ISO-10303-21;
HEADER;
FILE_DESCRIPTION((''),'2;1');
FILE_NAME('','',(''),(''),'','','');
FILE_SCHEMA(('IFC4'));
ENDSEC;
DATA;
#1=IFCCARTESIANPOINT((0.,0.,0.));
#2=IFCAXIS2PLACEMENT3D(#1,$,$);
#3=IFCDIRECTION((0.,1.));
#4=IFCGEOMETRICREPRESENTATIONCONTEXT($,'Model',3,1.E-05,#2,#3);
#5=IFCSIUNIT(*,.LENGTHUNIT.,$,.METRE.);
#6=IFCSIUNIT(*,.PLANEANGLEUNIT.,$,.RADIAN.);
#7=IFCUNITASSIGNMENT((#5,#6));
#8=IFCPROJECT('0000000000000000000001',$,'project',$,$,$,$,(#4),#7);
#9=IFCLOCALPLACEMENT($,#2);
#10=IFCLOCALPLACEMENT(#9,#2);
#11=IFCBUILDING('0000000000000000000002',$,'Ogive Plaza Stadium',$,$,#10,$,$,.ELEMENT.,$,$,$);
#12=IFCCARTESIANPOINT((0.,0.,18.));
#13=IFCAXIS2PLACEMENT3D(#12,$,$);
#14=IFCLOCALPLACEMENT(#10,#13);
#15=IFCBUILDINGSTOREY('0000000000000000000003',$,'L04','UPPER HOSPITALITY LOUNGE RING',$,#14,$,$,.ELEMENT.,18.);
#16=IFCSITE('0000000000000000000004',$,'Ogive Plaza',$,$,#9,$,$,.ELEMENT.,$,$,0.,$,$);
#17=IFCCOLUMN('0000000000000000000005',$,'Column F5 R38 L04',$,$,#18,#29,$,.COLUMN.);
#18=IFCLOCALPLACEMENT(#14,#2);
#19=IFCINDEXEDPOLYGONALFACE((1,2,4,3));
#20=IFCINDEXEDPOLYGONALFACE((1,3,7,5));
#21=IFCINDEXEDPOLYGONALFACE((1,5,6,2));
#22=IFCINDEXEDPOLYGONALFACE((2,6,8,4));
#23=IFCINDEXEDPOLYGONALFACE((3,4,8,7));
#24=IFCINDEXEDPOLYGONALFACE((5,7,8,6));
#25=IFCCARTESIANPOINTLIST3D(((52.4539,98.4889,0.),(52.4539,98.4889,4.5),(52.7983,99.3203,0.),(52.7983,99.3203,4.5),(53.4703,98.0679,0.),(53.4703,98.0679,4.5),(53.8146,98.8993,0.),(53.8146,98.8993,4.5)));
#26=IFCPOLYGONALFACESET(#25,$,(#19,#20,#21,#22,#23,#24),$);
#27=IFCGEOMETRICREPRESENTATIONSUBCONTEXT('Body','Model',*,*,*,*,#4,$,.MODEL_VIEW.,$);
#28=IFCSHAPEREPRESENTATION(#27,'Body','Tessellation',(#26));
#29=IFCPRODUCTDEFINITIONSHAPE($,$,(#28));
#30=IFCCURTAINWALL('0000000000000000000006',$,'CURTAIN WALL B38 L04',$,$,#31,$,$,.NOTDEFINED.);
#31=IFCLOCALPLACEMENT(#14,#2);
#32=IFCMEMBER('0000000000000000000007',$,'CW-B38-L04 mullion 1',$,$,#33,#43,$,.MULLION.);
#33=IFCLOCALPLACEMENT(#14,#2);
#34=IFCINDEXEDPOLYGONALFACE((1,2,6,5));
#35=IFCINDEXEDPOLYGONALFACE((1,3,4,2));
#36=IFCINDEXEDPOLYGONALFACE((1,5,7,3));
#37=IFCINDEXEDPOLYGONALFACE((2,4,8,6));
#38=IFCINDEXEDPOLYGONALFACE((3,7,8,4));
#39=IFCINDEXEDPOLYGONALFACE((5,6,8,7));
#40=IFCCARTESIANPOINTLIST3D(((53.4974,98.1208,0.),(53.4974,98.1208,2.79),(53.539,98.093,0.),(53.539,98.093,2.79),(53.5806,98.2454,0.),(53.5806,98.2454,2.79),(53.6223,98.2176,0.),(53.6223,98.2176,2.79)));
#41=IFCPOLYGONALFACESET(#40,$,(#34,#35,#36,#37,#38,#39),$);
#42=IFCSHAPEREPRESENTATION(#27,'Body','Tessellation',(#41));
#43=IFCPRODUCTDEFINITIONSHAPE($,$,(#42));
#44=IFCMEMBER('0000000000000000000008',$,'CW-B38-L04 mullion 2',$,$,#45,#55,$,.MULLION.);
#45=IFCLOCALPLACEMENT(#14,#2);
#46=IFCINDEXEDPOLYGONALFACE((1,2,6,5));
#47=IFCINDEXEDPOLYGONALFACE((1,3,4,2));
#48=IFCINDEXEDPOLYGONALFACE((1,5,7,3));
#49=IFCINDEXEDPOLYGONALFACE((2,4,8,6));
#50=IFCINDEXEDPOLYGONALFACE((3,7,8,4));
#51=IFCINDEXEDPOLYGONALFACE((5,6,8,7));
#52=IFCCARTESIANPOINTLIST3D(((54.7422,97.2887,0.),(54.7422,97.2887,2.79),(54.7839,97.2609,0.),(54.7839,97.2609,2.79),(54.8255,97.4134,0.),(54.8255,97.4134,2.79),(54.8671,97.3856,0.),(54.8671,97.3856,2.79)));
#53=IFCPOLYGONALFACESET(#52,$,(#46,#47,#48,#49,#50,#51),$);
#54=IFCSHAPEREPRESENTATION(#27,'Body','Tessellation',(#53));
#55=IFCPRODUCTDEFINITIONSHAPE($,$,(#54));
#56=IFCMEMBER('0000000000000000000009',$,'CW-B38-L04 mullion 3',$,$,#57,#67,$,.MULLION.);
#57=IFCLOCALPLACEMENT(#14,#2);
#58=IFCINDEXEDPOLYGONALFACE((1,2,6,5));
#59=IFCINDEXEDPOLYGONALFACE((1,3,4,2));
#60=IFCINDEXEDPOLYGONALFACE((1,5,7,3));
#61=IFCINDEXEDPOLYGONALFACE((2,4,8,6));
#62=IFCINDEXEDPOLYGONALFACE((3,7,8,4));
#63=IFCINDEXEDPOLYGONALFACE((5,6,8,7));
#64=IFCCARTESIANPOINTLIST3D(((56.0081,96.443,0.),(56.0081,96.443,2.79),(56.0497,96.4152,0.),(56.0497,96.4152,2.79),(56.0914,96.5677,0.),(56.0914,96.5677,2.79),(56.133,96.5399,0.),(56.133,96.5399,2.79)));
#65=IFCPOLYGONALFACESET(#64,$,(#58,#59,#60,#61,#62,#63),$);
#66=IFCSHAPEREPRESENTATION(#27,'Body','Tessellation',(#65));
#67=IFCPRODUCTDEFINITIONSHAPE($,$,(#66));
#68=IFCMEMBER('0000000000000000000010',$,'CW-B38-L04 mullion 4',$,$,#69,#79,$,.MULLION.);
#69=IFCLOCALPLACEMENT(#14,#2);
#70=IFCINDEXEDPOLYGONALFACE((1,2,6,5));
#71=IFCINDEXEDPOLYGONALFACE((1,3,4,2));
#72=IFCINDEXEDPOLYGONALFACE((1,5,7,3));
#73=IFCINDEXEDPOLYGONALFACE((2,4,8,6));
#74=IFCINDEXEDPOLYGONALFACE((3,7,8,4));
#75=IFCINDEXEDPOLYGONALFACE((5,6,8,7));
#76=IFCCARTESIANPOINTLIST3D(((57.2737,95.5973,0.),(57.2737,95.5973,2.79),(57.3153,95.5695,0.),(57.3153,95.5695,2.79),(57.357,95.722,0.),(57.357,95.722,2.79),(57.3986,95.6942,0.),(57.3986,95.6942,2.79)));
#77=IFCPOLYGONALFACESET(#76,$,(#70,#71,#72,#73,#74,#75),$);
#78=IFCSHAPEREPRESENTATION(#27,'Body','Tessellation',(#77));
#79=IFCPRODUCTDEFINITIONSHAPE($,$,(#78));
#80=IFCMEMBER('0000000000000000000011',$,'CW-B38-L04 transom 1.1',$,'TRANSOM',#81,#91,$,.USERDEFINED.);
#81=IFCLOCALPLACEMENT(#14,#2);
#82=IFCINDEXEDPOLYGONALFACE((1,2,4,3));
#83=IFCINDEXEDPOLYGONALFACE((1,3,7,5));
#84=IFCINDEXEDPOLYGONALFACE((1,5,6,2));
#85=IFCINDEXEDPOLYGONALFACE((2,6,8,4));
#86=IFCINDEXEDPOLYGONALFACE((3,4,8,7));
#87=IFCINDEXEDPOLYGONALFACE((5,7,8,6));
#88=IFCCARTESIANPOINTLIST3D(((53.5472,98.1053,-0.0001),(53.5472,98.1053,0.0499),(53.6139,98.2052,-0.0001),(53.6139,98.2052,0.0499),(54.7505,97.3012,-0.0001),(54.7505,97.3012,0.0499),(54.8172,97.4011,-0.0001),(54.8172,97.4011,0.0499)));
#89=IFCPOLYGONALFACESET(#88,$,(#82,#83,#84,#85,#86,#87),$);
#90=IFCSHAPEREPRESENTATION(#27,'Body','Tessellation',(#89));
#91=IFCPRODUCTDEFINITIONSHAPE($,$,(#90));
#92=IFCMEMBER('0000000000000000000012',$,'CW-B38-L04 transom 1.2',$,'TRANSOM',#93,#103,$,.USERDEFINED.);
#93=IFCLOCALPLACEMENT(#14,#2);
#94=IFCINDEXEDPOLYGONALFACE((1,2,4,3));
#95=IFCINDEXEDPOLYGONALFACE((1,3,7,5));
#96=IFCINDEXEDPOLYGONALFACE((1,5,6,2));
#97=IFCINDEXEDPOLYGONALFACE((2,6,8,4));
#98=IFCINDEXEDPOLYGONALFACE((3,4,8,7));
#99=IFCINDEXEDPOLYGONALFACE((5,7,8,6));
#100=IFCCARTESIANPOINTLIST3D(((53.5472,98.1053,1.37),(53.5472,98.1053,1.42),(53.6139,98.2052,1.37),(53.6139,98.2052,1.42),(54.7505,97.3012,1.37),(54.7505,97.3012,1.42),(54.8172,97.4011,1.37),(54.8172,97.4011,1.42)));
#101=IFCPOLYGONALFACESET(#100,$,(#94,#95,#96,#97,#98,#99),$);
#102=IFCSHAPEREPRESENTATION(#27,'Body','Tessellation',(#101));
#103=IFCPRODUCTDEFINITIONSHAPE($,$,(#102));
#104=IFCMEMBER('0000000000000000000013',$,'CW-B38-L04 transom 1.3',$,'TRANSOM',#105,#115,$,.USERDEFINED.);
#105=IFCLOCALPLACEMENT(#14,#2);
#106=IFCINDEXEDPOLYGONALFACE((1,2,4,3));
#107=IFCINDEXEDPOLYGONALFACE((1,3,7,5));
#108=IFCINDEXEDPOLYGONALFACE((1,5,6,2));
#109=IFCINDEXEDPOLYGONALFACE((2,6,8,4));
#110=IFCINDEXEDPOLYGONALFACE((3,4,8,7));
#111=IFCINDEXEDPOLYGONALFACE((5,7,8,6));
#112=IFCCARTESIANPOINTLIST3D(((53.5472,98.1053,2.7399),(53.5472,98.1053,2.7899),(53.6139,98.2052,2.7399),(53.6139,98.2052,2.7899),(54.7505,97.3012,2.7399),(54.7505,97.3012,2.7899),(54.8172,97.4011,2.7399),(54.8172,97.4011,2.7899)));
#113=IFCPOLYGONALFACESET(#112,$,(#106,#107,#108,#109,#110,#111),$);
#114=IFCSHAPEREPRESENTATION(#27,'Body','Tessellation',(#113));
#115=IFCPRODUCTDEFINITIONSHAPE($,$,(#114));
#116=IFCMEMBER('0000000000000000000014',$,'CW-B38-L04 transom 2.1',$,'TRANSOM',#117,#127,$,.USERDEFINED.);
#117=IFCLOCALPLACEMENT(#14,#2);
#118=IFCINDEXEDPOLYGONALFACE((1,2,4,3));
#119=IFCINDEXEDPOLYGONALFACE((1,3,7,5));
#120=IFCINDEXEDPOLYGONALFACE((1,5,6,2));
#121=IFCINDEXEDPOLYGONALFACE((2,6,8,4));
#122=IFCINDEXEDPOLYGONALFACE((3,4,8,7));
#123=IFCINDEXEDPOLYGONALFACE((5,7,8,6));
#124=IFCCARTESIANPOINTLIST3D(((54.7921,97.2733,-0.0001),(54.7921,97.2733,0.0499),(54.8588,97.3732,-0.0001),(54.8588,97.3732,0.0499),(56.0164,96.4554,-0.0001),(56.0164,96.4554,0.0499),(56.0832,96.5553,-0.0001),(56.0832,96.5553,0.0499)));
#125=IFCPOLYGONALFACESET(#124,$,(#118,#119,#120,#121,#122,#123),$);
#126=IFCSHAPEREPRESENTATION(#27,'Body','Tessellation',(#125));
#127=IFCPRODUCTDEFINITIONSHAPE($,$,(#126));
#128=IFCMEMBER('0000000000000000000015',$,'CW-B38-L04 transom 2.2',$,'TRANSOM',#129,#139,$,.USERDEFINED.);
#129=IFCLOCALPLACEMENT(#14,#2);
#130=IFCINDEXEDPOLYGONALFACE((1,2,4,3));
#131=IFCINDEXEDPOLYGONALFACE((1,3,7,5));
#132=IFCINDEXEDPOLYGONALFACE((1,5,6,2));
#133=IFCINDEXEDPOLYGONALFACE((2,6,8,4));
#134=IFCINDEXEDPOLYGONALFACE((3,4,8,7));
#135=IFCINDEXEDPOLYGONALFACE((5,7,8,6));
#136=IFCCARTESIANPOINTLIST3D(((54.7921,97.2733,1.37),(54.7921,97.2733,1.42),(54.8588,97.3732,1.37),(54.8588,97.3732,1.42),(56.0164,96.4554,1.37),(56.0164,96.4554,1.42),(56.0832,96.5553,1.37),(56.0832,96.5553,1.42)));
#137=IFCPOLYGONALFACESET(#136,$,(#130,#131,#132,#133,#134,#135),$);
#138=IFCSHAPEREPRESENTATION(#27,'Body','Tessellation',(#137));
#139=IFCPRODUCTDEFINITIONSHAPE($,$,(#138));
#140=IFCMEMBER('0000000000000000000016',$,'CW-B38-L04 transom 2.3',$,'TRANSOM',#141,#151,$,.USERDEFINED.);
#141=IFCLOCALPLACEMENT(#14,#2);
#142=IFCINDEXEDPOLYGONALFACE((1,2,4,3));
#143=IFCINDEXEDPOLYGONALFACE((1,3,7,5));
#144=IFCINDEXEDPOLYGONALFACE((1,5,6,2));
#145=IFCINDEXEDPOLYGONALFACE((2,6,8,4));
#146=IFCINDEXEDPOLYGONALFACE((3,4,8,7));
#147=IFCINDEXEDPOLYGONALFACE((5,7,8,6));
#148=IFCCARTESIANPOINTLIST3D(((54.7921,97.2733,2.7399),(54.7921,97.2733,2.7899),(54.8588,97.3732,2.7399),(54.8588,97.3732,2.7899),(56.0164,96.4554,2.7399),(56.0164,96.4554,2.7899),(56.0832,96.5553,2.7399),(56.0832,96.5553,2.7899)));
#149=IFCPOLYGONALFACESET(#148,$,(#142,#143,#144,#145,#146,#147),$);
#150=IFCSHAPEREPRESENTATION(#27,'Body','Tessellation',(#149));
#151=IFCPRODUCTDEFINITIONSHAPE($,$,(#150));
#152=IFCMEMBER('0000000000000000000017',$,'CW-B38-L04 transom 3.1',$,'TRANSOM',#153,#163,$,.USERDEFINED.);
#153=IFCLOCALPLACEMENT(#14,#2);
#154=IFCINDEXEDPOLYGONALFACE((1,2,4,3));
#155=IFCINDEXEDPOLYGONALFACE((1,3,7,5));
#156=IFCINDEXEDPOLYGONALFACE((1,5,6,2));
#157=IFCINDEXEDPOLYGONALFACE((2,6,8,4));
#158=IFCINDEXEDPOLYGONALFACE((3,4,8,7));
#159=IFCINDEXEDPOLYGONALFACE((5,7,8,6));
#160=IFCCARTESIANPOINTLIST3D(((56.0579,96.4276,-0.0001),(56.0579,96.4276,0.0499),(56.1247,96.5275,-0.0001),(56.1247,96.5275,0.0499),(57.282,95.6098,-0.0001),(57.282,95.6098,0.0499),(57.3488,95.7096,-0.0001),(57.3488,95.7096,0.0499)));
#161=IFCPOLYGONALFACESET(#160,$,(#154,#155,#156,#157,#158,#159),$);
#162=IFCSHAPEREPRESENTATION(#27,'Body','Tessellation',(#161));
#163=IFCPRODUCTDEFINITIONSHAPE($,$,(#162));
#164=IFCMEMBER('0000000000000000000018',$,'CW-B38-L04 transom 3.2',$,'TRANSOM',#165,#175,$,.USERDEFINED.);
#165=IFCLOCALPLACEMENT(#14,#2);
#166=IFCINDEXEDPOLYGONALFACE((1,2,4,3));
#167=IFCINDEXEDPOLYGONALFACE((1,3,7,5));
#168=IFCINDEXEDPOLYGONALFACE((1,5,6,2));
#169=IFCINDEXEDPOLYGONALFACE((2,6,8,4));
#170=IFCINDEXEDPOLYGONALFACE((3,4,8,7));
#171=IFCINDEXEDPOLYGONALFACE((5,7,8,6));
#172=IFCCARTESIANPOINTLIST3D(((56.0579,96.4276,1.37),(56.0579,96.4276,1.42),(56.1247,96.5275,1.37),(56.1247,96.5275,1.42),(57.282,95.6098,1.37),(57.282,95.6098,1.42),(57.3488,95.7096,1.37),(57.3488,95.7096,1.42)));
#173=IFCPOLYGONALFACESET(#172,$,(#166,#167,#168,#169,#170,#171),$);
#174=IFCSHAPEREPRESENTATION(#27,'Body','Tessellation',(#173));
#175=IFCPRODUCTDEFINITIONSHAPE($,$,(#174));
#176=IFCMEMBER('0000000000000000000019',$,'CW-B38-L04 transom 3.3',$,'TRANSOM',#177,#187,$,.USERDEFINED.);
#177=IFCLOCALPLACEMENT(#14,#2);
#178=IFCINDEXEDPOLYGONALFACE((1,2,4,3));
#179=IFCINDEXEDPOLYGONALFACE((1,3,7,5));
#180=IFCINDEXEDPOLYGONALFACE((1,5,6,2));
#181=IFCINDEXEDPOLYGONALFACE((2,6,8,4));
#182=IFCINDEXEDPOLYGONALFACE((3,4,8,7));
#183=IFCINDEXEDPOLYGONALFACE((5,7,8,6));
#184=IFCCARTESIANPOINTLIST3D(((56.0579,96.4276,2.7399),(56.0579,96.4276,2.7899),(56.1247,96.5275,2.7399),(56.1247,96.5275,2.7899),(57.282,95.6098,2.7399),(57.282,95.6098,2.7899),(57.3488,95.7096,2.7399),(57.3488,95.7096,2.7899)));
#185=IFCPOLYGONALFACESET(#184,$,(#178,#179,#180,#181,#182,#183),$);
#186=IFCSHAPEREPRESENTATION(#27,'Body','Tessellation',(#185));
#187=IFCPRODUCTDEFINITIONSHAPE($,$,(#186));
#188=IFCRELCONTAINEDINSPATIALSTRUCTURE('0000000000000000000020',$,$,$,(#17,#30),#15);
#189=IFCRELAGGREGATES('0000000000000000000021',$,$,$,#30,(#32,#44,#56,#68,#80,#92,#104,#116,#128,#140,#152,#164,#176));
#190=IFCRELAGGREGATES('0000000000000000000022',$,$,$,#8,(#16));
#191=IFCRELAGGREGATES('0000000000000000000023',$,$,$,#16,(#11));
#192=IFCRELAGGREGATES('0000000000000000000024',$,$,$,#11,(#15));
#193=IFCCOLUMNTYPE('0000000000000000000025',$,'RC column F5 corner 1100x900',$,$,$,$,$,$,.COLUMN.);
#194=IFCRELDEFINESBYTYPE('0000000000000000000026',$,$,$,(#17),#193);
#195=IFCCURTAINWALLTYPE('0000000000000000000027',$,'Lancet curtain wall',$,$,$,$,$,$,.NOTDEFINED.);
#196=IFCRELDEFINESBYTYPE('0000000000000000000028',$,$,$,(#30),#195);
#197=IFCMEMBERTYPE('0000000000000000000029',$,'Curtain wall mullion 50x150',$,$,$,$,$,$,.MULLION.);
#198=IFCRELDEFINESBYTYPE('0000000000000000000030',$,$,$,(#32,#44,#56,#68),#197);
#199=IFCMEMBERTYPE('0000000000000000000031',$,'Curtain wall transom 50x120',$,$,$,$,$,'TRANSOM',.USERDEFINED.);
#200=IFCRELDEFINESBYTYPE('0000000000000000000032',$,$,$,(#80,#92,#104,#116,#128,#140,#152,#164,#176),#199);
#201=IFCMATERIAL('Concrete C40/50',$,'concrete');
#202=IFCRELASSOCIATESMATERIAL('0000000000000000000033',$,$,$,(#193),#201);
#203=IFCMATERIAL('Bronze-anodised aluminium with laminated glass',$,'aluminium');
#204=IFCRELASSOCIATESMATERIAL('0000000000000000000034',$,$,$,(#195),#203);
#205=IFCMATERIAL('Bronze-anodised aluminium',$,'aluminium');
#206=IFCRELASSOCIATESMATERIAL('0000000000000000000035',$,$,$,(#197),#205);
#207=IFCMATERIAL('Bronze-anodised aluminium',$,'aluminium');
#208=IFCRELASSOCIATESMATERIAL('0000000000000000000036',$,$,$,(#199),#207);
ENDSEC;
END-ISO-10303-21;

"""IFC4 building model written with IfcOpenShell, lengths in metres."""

from ifc_helpers import new_model, si_unit, direction, frame, origin, origin_2d, place, context, subcontext, project, spatial, rectangle, extrude, material, material_profile, profile_set, type_object, element, aggregate, save


model = new_model("IFC4")

# Units and contexts
model_context = context("Model", 3, precision=1e-05, world=origin(), true_north=direction((0.0, 1.0)))
body_context = subcontext(model_context, "Body", "Model", "MODEL_VIEW")
ifc_project = project(units=[si_unit("LENGTHUNIT", "METRE"), si_unit("PLANEANGLEUNIT", "RADIAN")], contexts=[model_context])

# Site, building, storey
site_placement = place(None, origin())
site = spatial("IfcSite", under=ifc_project, at=site_placement, Name="Ogive Plaza", CompositionType="ELEMENT", RefElevation=0.0)
building_placement = place(site_placement, origin())
building = spatial("IfcBuilding", under=site, at=building_placement, Name="Ogive Plaza Stadium", CompositionType="ELEMENT")
storey_placement = place(building_placement, frame((0.0, 0.0, 18.0)))
storey = spatial("IfcBuildingStorey", under=building, at=storey_placement, Name="L04", Description="UPPER HOSPITALITY LOUNGE RING", CompositionType="ELEMENT", Elevation=18.0)

# Column
ifc_material_1 = material(Name="Concrete C40/50", Category="concrete")
ifc_material_profile_1 = material_profile(ifc_material_1, rectangle(XDim=1.1001, YDim=0.8999, at=origin_2d()), Name="RC 1100x900")
ifc_profile_set_1 = profile_set([ifc_material_profile_1], Name="Concrete C40/50")
column_type = type_object("IfcColumnType", Name="RC column F5 corner 1100x900", PredefinedType="COLUMN", material=ifc_profile_set_1)
column_placement = place(storey_placement, frame((53.1343, 98.6941, 0.0), z_axis=(0.0, 0.0, 1.0), x_axis=(-0.92388, 0.382683, 0.0)))
element("IfcColumn", 1, at=column_placement, inside=storey, type_object=column_type, Name="Column F5 R38 L04", PredefinedType="COLUMN", context=body_context, shape_type="SweptSolid", body=[
    extrude(rectangle(XDim=1.1001, YDim=0.8999, at=origin_2d()), origin(), (0.0, 0.0, 1.0), 4.5),
])

# Curtain wall, members
ifc_material_2 = material(Name="Bronze-anodised aluminium with laminated glass", Category="aluminium")
curtain_wall_type = type_object("IfcCurtainWallType", Name="Lancet curtain wall", PredefinedType="NOTDEFINED", material=ifc_material_2)
curtain_wall_placement = place(storey_placement, origin())
curtain_wall = element("IfcCurtainWall", 2, at=curtain_wall_placement, inside=storey, type_object=curtain_wall_type, Name="CURTAIN WALL B38 L04", PredefinedType="NOTDEFINED")
ifc_material_3 = material(Name="Bronze-anodised aluminium", Category="aluminium")
ifc_material_profile_2 = material_profile(ifc_material_3, rectangle(XDim=0.1499, YDim=0.05, at=origin_2d()), Name="AL 150x50")
ifc_profile_set_2 = profile_set([ifc_material_profile_2], Name="Bronze-anodised aluminium")
member_type_1 = type_object("IfcMemberType", Name="Curtain wall mullion 50x150", PredefinedType="MULLION", material=ifc_profile_set_2)
member_1_placement = place(storey_placement, frame((53.5598, 98.1692, 0.0), z_axis=(0.0, 0.0, 1.0), x_axis=(0.55557, 0.83147, 0.0)))
member_1 = element("IfcMember", 3, at=member_1_placement, type_object=member_type_1, Name="CW-B38-L04 mullion 1", PredefinedType="MULLION", context=body_context, shape_type="SweptSolid", body=[
    extrude(rectangle(XDim=0.1499, YDim=0.05, at=origin_2d()), origin(), (0.0, 0.0, 1.0), 2.79),
])
member_2_placement = place(storey_placement, frame((54.8047, 97.3372, 0.0), z_axis=(0.0, 0.0, 1.0), x_axis=(0.55557, 0.83147, 0.0)))
member_2 = element("IfcMember", 4, at=member_2_placement, type_object=member_type_1, Name="CW-B38-L04 mullion 2", PredefinedType="MULLION", context=body_context, shape_type="SweptSolid", body=[
    extrude(rectangle(XDim=0.1499, YDim=0.05, at=origin_2d()), origin(), (0.0, 0.0, 1.0), 2.79),
])
member_3_placement = place(storey_placement, frame((56.0706, 96.4915, 0.0), z_axis=(0.0, 0.0, 1.0), x_axis=(0.55557, 0.83147, 0.0)))
member_3 = element("IfcMember", 5, at=member_3_placement, type_object=member_type_1, Name="CW-B38-L04 mullion 3", PredefinedType="MULLION", context=body_context, shape_type="SweptSolid", body=[
    extrude(rectangle(XDim=0.1499, YDim=0.05, at=origin_2d()), origin(), (0.0, 0.0, 1.0), 2.79),
])
member_4_placement = place(storey_placement, frame((57.3362, 95.6458, 0.0), z_axis=(0.0, 0.0, 1.0), x_axis=(0.55557, 0.83147, 0.0)))
member_4 = element("IfcMember", 6, at=member_4_placement, type_object=member_type_1, Name="CW-B38-L04 mullion 4", PredefinedType="MULLION", context=body_context, shape_type="SweptSolid", body=[
    extrude(rectangle(XDim=0.1499, YDim=0.05, at=origin_2d()), origin(), (0.0, 0.0, 1.0), 2.79),
])
ifc_material_4 = material(Name="Bronze-anodised aluminium", Category="aluminium")
ifc_material_profile_3 = material_profile(ifc_material_4, rectangle(XDim=0.1201, YDim=0.05, at=origin_2d()), Name="AL 120x50")
ifc_profile_set_3 = profile_set([ifc_material_profile_3], Name="Bronze-anodised aluminium")
member_type_2 = type_object("IfcMemberType", Name="Curtain wall transom 50x120", ElementType="TRANSOM", PredefinedType="USERDEFINED", material=ifc_profile_set_3)
member_5_placement = place(storey_placement, frame((53.5806, 98.1553, 0.0249), z_axis=(0.831427, -0.555634, 0.0), x_axis=(0.555634, 0.831427, 0.0)))
member_5 = element("IfcMember", 7, at=member_5_placement, type_object=member_type_2, Name="CW-B38-L04 transom 1.1", ObjectType="TRANSOM", PredefinedType="USERDEFINED", context=body_context, shape_type="SweptSolid", body=[
    extrude(rectangle(XDim=0.1201, YDim=0.05, at=origin_2d()), origin(), (0.0, 0.0, 1.0), 1.4473),
])
member_6_placement = place(storey_placement, frame((53.5806, 98.1553, 1.395), z_axis=(0.831427, -0.555634, 0.0), x_axis=(0.555634, 0.831427, 0.0)))
member_6 = element("IfcMember", 8, at=member_6_placement, type_object=member_type_2, Name="CW-B38-L04 transom 1.2", ObjectType="TRANSOM", PredefinedType="USERDEFINED", context=body_context, shape_type="SweptSolid", body=[
    extrude(rectangle(XDim=0.1201, YDim=0.05, at=origin_2d()), origin(), (0.0, 0.0, 1.0), 1.4473),
])
member_7_placement = place(storey_placement, frame((53.5806, 98.1553, 2.7649), z_axis=(0.831427, -0.555634, 0.0), x_axis=(0.555634, 0.831427, 0.0)))
member_7 = element("IfcMember", 9, at=member_7_placement, type_object=member_type_2, Name="CW-B38-L04 transom 1.3", ObjectType="TRANSOM", PredefinedType="USERDEFINED", context=body_context, shape_type="SweptSolid", body=[
    extrude(rectangle(XDim=0.1201, YDim=0.05, at=origin_2d()), origin(), (0.0, 0.0, 1.0), 1.4473),
])
member_8_placement = place(storey_placement, frame((54.8254, 97.3232, 0.0249), z_axis=(0.83154, -0.555465, 0.0), x_axis=(0.555465, 0.83154, 0.0)))
member_8 = element("IfcMember", 10, at=member_8_placement, type_object=member_type_2, Name="CW-B38-L04 transom 2.1", ObjectType="TRANSOM", PredefinedType="USERDEFINED", context=body_context, shape_type="SweptSolid", body=[
    extrude(rectangle(XDim=0.1201, YDim=0.05, at=origin_2d()), origin(), (0.0, 0.0, 1.0), 1.4724),
])
member_9_placement = place(storey_placement, frame((54.8254, 97.3232, 1.395), z_axis=(0.83154, -0.555465, 0.0), x_axis=(0.555465, 0.83154, 0.0)))
member_9 = element("IfcMember", 11, at=member_9_placement, type_object=member_type_2, Name="CW-B38-L04 transom 2.2", ObjectType="TRANSOM", PredefinedType="USERDEFINED", context=body_context, shape_type="SweptSolid", body=[
    extrude(rectangle(XDim=0.1201, YDim=0.05, at=origin_2d()), origin(), (0.0, 0.0, 1.0), 1.4724),
])
member_10_placement = place(storey_placement, frame((54.8254, 97.3232, 2.7649), z_axis=(0.83154, -0.555465, 0.0), x_axis=(0.555465, 0.83154, 0.0)))
member_10 = element("IfcMember", 12, at=member_10_placement, type_object=member_type_2, Name="CW-B38-L04 transom 2.3", ObjectType="TRANSOM", PredefinedType="USERDEFINED", context=body_context, shape_type="SweptSolid", body=[
    extrude(rectangle(XDim=0.1201, YDim=0.05, at=origin_2d()), origin(), (0.0, 0.0, 1.0), 1.4724),
])
member_11_placement = place(storey_placement, frame((56.0913, 96.4775, 0.0249), z_axis=(0.831489, -0.555542, 0.0), x_axis=(0.555542, 0.831489, 0.0)))
member_11 = element("IfcMember", 13, at=member_11_placement, type_object=member_type_2, Name="CW-B38-L04 transom 3.1", ObjectType="TRANSOM", PredefinedType="USERDEFINED", context=body_context, shape_type="SweptSolid", body=[
    extrude(rectangle(XDim=0.1201, YDim=0.05, at=origin_2d()), origin(), (0.0, 0.0, 1.0), 1.4722),
])
member_12_placement = place(storey_placement, frame((56.0913, 96.4775, 1.395), z_axis=(0.831489, -0.555542, 0.0), x_axis=(0.555542, 0.831489, 0.0)))
member_12 = element("IfcMember", 14, at=member_12_placement, type_object=member_type_2, Name="CW-B38-L04 transom 3.2", ObjectType="TRANSOM", PredefinedType="USERDEFINED", context=body_context, shape_type="SweptSolid", body=[
    extrude(rectangle(XDim=0.1201, YDim=0.05, at=origin_2d()), origin(), (0.0, 0.0, 1.0), 1.4722),
])
member_13_placement = place(storey_placement, frame((56.0913, 96.4775, 2.7649), z_axis=(0.831489, -0.555542, 0.0), x_axis=(0.555542, 0.831489, 0.0)))
member_13 = element("IfcMember", 15, at=member_13_placement, type_object=member_type_2, Name="CW-B38-L04 transom 3.3", ObjectType="TRANSOM", PredefinedType="USERDEFINED", context=body_context, shape_type="SweptSolid", body=[
    extrude(rectangle(XDim=0.1201, YDim=0.05, at=origin_2d()), origin(), (0.0, 0.0, 1.0), 1.4722),
])

aggregate(curtain_wall, [member_1, member_2, member_3, member_4, member_5, member_6, member_7, member_8, member_9, member_10, member_11, member_12, member_13])

save(model, "model.ifc")
